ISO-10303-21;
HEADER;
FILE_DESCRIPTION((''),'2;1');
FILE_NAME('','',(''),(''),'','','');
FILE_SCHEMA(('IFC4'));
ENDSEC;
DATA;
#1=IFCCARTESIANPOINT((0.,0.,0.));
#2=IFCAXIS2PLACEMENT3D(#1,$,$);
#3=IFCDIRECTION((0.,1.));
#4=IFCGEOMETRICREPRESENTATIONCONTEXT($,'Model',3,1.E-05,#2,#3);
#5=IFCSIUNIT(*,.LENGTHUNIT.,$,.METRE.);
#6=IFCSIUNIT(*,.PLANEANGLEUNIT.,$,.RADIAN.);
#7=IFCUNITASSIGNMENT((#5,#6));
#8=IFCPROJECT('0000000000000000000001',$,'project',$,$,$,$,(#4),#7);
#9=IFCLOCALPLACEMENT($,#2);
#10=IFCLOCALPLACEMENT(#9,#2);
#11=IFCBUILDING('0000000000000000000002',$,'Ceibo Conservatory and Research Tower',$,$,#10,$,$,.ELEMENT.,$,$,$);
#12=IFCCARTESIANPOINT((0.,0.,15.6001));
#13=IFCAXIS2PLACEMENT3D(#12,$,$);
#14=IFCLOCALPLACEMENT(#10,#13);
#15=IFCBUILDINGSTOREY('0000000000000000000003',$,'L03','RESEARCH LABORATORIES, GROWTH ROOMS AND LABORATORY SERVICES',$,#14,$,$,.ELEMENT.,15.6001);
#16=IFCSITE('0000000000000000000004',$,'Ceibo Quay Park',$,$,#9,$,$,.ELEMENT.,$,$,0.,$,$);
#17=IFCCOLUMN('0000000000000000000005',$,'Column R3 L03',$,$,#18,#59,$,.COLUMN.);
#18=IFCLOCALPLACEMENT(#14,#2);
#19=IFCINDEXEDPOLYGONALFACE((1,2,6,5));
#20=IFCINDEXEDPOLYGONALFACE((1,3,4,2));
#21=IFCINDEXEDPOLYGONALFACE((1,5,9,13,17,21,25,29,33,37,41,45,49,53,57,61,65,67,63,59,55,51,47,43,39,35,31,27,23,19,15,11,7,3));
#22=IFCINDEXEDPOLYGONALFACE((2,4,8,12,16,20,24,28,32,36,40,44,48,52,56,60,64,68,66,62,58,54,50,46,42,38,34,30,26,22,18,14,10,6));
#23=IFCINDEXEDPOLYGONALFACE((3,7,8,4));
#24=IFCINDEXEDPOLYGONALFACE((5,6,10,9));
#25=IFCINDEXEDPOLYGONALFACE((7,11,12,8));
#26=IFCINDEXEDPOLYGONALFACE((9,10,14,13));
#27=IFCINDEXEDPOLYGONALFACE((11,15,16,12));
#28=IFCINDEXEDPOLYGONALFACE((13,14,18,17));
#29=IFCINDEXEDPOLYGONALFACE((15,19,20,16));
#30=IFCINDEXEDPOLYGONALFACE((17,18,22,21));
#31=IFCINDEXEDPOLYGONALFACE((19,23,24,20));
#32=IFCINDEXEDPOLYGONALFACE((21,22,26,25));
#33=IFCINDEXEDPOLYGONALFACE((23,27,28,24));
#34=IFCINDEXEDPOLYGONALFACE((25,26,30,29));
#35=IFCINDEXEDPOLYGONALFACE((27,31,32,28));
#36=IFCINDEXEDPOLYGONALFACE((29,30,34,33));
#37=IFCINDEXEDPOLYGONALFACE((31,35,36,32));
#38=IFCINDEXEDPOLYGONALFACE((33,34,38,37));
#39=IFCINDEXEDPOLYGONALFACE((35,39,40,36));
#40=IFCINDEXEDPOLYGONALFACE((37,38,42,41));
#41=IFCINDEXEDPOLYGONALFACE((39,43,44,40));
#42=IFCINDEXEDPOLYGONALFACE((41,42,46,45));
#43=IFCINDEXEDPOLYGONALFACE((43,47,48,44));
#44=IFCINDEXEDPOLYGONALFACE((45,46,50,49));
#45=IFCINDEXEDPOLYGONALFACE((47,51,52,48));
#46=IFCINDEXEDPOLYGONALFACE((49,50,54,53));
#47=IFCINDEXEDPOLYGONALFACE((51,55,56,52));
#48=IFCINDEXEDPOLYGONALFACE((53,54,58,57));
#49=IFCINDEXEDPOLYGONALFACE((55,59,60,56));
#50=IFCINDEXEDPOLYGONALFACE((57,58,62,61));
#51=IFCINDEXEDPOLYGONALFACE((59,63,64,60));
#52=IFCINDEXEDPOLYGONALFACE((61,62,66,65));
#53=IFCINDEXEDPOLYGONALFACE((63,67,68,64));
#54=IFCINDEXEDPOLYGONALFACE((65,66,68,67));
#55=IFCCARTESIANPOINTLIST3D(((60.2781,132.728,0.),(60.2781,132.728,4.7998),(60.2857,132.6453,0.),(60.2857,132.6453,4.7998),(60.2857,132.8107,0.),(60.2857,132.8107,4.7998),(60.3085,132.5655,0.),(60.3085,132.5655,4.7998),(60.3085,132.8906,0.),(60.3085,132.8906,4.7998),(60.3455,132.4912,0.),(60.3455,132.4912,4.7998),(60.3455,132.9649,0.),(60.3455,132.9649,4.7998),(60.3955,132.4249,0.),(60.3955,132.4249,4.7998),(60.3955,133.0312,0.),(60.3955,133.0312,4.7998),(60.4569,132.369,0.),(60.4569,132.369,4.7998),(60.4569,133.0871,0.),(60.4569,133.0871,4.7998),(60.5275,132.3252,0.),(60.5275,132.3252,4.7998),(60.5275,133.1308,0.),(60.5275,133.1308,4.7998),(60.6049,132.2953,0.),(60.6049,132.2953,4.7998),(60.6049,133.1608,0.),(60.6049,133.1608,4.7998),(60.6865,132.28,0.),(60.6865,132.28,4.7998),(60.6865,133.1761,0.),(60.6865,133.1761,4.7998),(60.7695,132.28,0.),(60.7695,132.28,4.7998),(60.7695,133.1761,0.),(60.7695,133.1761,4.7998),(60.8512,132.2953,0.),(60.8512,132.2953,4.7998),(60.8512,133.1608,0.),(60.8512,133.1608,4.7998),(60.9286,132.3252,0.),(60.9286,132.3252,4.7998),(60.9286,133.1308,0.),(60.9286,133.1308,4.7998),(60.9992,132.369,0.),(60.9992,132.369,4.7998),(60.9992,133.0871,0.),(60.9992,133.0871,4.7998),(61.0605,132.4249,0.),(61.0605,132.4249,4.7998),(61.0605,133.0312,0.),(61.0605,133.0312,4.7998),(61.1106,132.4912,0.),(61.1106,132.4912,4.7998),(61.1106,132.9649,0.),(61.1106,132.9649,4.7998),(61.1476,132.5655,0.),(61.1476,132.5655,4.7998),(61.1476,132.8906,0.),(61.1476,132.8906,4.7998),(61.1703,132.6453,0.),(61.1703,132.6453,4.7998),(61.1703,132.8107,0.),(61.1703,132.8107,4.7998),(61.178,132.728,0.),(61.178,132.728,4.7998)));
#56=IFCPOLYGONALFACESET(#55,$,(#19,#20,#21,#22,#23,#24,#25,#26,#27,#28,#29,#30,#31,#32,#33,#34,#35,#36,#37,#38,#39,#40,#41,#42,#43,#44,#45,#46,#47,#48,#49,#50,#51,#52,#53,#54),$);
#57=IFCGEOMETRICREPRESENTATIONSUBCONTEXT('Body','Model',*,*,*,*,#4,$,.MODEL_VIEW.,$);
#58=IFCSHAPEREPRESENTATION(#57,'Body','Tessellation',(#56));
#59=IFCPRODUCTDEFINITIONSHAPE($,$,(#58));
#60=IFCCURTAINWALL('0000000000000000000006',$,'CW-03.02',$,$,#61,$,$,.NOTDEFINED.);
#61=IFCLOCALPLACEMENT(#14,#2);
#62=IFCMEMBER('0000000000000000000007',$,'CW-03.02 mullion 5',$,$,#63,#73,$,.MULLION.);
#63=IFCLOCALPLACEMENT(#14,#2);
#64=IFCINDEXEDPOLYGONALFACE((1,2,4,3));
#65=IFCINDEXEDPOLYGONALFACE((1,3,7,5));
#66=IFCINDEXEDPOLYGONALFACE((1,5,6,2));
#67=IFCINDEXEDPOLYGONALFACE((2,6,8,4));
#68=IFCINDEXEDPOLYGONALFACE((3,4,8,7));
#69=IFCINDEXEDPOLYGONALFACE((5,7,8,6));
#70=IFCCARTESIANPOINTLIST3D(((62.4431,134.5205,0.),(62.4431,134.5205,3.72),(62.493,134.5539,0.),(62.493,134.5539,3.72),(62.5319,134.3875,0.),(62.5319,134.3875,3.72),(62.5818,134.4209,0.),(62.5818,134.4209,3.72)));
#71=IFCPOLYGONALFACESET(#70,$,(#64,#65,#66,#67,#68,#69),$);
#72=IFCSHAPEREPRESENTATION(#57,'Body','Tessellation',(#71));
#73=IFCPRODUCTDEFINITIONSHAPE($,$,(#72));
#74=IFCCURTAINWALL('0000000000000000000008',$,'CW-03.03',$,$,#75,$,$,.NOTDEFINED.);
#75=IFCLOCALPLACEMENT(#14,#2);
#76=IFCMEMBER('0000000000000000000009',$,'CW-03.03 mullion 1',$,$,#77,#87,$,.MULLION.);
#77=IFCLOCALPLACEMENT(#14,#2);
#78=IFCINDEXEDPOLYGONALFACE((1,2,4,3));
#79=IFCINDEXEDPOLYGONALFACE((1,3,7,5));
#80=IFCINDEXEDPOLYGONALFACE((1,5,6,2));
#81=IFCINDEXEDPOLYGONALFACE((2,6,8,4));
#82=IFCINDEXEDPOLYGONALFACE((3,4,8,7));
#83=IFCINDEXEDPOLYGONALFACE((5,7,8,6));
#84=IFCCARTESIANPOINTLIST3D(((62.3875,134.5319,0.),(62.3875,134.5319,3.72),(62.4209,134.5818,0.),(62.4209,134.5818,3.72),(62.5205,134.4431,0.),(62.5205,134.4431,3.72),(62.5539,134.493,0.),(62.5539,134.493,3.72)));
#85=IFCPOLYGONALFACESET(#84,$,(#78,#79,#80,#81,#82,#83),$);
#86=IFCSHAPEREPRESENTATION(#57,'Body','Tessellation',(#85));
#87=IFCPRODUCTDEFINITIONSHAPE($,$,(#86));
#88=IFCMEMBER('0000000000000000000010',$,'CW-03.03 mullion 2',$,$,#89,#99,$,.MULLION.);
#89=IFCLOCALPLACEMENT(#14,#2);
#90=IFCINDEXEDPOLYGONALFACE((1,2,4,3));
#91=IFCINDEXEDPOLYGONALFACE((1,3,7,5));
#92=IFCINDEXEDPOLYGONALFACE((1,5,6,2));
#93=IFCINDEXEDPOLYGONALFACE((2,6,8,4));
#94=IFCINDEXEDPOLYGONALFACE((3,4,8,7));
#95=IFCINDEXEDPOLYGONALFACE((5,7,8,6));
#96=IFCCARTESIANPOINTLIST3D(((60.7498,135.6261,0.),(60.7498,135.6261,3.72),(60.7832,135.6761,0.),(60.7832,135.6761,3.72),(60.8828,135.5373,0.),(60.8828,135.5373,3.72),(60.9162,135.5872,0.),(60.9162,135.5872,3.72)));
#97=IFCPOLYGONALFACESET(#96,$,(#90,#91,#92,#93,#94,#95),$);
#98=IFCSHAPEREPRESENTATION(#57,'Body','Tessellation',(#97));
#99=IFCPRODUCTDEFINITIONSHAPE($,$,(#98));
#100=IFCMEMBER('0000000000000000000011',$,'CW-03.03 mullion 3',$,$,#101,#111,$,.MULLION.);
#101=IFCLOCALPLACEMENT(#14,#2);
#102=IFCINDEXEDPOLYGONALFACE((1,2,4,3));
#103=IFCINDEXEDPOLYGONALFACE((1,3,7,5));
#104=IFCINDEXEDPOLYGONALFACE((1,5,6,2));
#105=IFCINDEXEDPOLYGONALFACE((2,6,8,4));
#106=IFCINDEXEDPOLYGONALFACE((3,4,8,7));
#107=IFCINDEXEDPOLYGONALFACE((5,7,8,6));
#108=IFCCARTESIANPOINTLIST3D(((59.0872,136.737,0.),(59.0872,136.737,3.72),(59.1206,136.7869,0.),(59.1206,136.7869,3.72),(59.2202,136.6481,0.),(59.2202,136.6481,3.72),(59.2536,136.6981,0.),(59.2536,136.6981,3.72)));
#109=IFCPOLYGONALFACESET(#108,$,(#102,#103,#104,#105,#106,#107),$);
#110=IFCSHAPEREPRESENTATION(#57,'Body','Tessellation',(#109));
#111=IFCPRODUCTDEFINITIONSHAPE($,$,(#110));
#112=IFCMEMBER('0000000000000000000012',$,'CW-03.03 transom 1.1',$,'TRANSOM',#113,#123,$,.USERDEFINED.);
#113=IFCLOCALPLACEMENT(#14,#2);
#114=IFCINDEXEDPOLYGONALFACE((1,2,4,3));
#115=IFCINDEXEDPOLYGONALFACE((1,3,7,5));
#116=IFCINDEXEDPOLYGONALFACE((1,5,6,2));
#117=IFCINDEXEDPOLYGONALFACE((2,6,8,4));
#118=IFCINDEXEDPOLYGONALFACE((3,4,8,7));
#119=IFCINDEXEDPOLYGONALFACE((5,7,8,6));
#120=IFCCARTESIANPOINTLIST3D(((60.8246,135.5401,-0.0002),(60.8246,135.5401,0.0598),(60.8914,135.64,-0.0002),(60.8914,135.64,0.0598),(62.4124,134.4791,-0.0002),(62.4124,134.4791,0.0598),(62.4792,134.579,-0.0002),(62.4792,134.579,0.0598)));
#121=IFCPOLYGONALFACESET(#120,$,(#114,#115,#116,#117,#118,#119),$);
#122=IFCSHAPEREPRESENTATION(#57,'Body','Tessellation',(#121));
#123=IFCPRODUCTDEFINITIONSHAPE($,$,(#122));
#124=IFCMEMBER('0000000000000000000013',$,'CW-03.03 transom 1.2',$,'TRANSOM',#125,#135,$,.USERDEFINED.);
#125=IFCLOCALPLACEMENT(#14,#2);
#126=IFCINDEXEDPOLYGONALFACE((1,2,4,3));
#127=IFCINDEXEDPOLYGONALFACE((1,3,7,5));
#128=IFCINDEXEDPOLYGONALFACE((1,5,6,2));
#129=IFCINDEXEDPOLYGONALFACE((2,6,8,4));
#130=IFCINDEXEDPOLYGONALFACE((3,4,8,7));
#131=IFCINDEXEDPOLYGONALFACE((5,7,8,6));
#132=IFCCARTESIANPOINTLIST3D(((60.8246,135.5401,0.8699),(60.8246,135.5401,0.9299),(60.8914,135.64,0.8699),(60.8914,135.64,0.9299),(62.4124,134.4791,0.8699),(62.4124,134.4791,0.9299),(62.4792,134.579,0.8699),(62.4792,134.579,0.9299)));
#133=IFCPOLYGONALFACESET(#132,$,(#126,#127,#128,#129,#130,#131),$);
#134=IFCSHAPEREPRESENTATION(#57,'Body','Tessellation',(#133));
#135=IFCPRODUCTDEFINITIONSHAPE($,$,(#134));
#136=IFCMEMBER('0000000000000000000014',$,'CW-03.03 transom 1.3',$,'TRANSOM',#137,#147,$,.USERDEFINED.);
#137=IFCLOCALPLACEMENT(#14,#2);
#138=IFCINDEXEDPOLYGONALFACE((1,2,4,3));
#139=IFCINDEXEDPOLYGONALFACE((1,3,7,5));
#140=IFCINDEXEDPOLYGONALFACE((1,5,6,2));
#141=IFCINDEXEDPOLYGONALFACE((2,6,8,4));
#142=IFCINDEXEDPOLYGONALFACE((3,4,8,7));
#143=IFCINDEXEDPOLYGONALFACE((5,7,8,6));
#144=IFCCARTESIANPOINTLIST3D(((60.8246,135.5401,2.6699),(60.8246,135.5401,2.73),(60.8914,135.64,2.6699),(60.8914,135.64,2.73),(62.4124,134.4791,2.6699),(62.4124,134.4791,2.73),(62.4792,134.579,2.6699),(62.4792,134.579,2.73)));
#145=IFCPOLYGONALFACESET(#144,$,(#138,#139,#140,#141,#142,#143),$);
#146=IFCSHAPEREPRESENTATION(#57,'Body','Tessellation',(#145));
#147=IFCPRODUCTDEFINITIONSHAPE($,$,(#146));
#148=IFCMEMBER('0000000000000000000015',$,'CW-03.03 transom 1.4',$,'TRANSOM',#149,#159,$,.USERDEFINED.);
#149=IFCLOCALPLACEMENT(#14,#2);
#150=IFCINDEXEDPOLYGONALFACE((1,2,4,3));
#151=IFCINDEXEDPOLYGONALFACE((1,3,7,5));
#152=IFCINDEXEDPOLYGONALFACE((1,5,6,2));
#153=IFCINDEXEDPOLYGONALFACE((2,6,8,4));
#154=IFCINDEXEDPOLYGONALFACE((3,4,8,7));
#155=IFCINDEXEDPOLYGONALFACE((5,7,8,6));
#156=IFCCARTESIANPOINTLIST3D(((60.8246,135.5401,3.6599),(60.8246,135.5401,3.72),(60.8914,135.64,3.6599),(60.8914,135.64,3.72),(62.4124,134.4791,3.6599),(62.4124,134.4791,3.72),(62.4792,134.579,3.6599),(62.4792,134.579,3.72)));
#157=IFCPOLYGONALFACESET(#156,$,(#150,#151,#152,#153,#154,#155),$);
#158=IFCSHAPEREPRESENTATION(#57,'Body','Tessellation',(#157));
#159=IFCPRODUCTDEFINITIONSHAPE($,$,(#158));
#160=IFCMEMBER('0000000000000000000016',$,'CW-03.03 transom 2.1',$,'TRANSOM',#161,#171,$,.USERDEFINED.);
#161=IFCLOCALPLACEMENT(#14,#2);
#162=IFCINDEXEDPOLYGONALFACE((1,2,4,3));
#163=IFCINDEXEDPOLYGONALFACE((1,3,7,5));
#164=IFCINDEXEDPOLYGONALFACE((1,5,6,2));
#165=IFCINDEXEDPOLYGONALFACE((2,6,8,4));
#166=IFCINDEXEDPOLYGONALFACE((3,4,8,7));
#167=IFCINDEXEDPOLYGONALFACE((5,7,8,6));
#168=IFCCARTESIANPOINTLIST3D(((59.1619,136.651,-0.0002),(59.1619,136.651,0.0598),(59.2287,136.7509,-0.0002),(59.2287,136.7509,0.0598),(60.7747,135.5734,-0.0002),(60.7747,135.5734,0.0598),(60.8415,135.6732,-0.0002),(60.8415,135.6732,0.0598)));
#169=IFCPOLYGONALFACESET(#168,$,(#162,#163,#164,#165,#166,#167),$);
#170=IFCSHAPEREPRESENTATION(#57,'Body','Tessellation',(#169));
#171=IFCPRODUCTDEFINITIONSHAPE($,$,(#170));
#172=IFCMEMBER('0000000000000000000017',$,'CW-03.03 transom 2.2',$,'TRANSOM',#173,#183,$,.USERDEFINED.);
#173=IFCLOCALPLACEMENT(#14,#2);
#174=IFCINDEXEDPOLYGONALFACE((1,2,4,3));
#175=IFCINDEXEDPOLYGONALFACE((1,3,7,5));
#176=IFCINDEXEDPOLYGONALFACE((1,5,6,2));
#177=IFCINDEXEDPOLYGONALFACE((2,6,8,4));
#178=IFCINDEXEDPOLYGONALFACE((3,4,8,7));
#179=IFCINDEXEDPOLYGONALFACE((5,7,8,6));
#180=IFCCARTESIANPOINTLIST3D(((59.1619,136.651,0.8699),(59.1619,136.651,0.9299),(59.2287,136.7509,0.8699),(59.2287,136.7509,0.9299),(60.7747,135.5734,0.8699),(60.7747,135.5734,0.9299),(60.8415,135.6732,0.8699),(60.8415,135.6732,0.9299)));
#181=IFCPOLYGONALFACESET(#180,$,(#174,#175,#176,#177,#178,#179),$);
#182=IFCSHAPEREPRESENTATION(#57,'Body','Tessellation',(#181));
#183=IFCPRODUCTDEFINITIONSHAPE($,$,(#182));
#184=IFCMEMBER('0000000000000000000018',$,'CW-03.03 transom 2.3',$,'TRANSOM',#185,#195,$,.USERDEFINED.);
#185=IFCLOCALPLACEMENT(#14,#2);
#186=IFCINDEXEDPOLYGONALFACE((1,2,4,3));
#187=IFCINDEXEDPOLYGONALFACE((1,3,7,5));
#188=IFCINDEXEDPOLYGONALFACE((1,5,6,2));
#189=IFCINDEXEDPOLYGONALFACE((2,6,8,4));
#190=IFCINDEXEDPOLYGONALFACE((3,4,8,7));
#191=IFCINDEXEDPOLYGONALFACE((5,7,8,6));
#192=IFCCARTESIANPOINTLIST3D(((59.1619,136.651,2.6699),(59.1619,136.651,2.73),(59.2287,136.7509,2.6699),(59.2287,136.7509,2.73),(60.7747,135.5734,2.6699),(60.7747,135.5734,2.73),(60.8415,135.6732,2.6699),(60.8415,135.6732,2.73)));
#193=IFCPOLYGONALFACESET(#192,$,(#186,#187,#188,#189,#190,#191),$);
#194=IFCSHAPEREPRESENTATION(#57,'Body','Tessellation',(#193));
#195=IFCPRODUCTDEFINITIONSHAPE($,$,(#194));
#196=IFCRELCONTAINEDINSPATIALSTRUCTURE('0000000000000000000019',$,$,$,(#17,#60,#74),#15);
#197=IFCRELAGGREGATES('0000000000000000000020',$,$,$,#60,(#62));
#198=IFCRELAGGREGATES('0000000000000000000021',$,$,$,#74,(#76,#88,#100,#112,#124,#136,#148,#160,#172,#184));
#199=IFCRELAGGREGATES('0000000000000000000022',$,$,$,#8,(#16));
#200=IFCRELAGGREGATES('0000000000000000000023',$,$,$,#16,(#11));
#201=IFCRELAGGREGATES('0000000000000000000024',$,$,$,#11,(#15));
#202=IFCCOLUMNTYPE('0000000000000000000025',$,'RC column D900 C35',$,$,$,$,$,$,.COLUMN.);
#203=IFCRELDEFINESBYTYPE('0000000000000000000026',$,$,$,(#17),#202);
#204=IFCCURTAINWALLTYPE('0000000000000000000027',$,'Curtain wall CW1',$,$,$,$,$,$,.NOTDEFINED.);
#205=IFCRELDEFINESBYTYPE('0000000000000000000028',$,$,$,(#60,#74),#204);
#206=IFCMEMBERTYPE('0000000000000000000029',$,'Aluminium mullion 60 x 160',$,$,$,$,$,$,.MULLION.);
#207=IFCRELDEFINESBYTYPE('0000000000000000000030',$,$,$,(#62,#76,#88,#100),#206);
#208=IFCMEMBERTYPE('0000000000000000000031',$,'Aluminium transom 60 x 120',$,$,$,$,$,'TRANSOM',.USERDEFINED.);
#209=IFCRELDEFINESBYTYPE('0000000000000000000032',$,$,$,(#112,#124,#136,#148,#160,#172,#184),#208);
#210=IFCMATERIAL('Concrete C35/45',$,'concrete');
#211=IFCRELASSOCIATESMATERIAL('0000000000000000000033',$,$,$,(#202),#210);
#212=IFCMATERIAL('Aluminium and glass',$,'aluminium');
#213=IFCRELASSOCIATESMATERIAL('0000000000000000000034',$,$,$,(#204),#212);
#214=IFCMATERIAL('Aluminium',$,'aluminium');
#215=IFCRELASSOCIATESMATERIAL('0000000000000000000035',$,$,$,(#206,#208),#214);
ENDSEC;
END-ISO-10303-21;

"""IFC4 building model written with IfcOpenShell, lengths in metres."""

from ifc_helpers import new_model, si_unit, direction, frame, origin, origin_2d, place, context, subcontext, project, spatial, rectangle, circle, extrude, material, material_profile, profile_set, type_object, element, aggregate, save


model = new_model("IFC4")

# Units and contexts
model_context = context("Model", 3, precision=1e-05, world=origin(), true_north=direction((0.0, 1.0)))
body_context = subcontext(model_context, "Body", "Model", "MODEL_VIEW")
ifc_project = project(units=[si_unit("LENGTHUNIT", "METRE"), si_unit("PLANEANGLEUNIT", "RADIAN")], contexts=[model_context])

# Site, building, storey
site_placement = place(None, origin())
site = spatial("IfcSite", under=ifc_project, at=site_placement, Name="Ceibo Quay Park", CompositionType="ELEMENT", RefElevation=0.0)
building_placement = place(site_placement, origin())
building = spatial("IfcBuilding", under=site, at=building_placement, Name="Ceibo Conservatory and Research Tower", CompositionType="ELEMENT")
storey_placement = place(building_placement, frame((0.0, 0.0, 15.6001)))
storey = spatial("IfcBuildingStorey", under=building, at=storey_placement, Name="L03", Description="RESEARCH LABORATORIES, GROWTH ROOMS AND LABORATORY SERVICES", CompositionType="ELEMENT", Elevation=15.6001)

# Column
ifc_material_1 = material(Name="Concrete C35/45", Category="concrete")
ifc_material_profile_1 = material_profile(ifc_material_1, circle(Radius=0.45, at=origin_2d()), Name="RC D900")
ifc_profile_set_1 = profile_set([ifc_material_profile_1], Name="Concrete C35/45")
column_type = type_object("IfcColumnType", Name="RC column D900 C35", PredefinedType="COLUMN", material=ifc_profile_set_1)
column_placement = place(storey_placement, frame((60.728, 132.728, 0.0), z_axis=(0.0, 0.0, 1.0), x_axis=(1.0, 0.0, 0.0)))
element("IfcColumn", 1, at=column_placement, inside=storey, type_object=column_type, Name="Column R3 L03", PredefinedType="COLUMN", context=body_context, shape_type="SweptSolid", body=[
    extrude(circle(Radius=0.45, at=origin_2d()), origin(), (0.0, 0.0, 1.0), 4.7998),
])

# Curtain wall, member
ifc_material_2 = material(Name="Aluminium and glass", Category="aluminium")
curtain_wall_type = type_object("IfcCurtainWallType", Name="Curtain wall CW1", PredefinedType="NOTDEFINED", material=ifc_material_2)
curtain_wall_1_placement = place(storey_placement, origin())
curtain_wall_1 = element("IfcCurtainWall", 2, at=curtain_wall_1_placement, inside=storey, type_object=curtain_wall_type, Name="CW-03.02", PredefinedType="NOTDEFINED")
ifc_material_3 = material(Name="Aluminium", Category="aluminium")
ifc_material_profile_2 = material_profile(ifc_material_3, rectangle(XDim=0.0601, YDim=0.1599, at=origin_2d()), Name="Aluminium 60 x 160")
ifc_profile_set_2 = profile_set([ifc_material_profile_2], Name="Aluminium")
member_type_1 = type_object("IfcMemberType", Name="Aluminium mullion 60 x 160", PredefinedType="MULLION", material=ifc_profile_set_2)
member_1_placement = place(storey_placement, frame((62.5125, 134.4707, 0.0), z_axis=(0.0, 0.0, 1.0), x_axis=(-0.83147, -0.55557, 0.0)))
member_1 = element("IfcMember", 3, at=member_1_placement, type_object=member_type_1, Name="CW-03.02 mullion 5", PredefinedType="MULLION", context=body_context, shape_type="SweptSolid", body=[
    extrude(rectangle(XDim=0.0601, YDim=0.1599, at=origin_2d()), origin(), (0.0, 0.0, 1.0), 3.72),
])

# Curtain wall, members
curtain_wall_2_placement = place(storey_placement, origin())
curtain_wall_2 = element("IfcCurtainWall", 4, at=curtain_wall_2_placement, inside=storey, type_object=curtain_wall_type, Name="CW-03.03", PredefinedType="NOTDEFINED")
member_2_placement = place(storey_placement, frame((62.4707, 134.5125, 0.0), z_axis=(0.0, 0.0, 1.0), x_axis=(-0.55557, -0.83147, 0.0)))
member_2 = element("IfcMember", 5, at=member_2_placement, type_object=member_type_1, Name="CW-03.03 mullion 1", PredefinedType="MULLION", context=body_context, shape_type="SweptSolid", body=[
    extrude(rectangle(XDim=0.0601, YDim=0.1599, at=origin_2d()), origin(), (0.0, 0.0, 1.0), 3.72),
])
member_3_placement = place(storey_placement, frame((60.833, 135.6067, 0.0), z_axis=(0.0, 0.0, 1.0), x_axis=(-0.55557, -0.83147, 0.0)))
member_3 = element("IfcMember", 6, at=member_3_placement, type_object=member_type_1, Name="CW-03.03 mullion 2", PredefinedType="MULLION", context=body_context, shape_type="SweptSolid", body=[
    extrude(rectangle(XDim=0.0601, YDim=0.1599, at=origin_2d()), origin(), (0.0, 0.0, 1.0), 3.72),
])
member_4_placement = place(storey_placement, frame((59.1704, 136.7175, 0.0), z_axis=(0.0, 0.0, 1.0), x_axis=(-0.55557, -0.83147, 0.0)))
member_4 = element("IfcMember", 7, at=member_4_placement, type_object=member_type_1, Name="CW-03.03 mullion 3", PredefinedType="MULLION", context=body_context, shape_type="SweptSolid", body=[
    extrude(rectangle(XDim=0.0601, YDim=0.1599, at=origin_2d()), origin(), (0.0, 0.0, 1.0), 3.72),
])
ifc_material_profile_3 = material_profile(ifc_material_3, rectangle(XDim=0.1201, YDim=0.0601, at=origin_2d()), Name="Aluminium 60 x 120")
ifc_profile_set_3 = profile_set([ifc_material_profile_3], Name="Aluminium")
member_type_2 = type_object("IfcMemberType", Name="Aluminium transom 60 x 120", ElementType="TRANSOM", PredefinedType="USERDEFINED", material=ifc_profile_set_3)
member_5_placement = place(storey_placement, frame((62.4458, 134.5291, 0.0298), z_axis=(-0.83146, 0.555585, 0.0), x_axis=(-0.555585, -0.83146, 0.0)))
member_5 = element("IfcMember", 8, at=member_5_placement, type_object=member_type_2, Name="CW-03.03 transom 1.1", ObjectType="TRANSOM", PredefinedType="USERDEFINED", context=body_context, shape_type="SweptSolid", body=[
    extrude(rectangle(XDim=0.1201, YDim=0.0601, at=origin_2d()), origin(), (0.0, 0.0, 1.0), 1.9097),
])
member_6_placement = place(storey_placement, frame((62.4458, 134.5291, 0.8999), z_axis=(-0.83146, 0.555585, 0.0), x_axis=(-0.555585, -0.83146, 0.0)))
member_6 = element("IfcMember", 9, at=member_6_placement, type_object=member_type_2, Name="CW-03.03 transom 1.2", ObjectType="TRANSOM", PredefinedType="USERDEFINED", context=body_context, shape_type="SweptSolid", body=[
    extrude(rectangle(XDim=0.1201, YDim=0.0601, at=origin_2d()), origin(), (0.0, 0.0, 1.0), 1.9097),
])
member_7_placement = place(storey_placement, frame((62.4458, 134.5291, 2.7), z_axis=(-0.83146, 0.555585, 0.0), x_axis=(-0.555585, -0.83146, 0.0)))
member_7 = element("IfcMember", 10, at=member_7_placement, type_object=member_type_2, Name="CW-03.03 transom 1.3", ObjectType="TRANSOM", PredefinedType="USERDEFINED", context=body_context, shape_type="SweptSolid", body=[
    extrude(rectangle(XDim=0.1201, YDim=0.0601, at=origin_2d()), origin(), (0.0, 0.0, 1.0), 1.9097),
])
member_8_placement = place(storey_placement, frame((62.4458, 134.5291, 3.6899), z_axis=(-0.83146, 0.555585, 0.0), x_axis=(-0.555585, -0.83146, 0.0)))
member_8 = element("IfcMember", 11, at=member_8_placement, type_object=member_type_2, Name="CW-03.03 transom 1.4", ObjectType="TRANSOM", PredefinedType="USERDEFINED", context=body_context, shape_type="SweptSolid", body=[
    extrude(rectangle(XDim=0.1201, YDim=0.0601, at=origin_2d()), origin(), (0.0, 0.0, 1.0), 1.9097),
])
member_9_placement = place(storey_placement, frame((60.8081, 135.6233, 0.0298), z_axis=(-0.831469, 0.555571, 0.0), x_axis=(-0.555571, -0.831469, 0.0)))
member_9 = element("IfcMember", 12, at=member_9_placement, type_object=member_type_2, Name="CW-03.03 transom 2.1", ObjectType="TRANSOM", PredefinedType="USERDEFINED", context=body_context, shape_type="SweptSolid", body=[
    extrude(rectangle(XDim=0.1201, YDim=0.0601, at=origin_2d()), origin(), (0.0, 0.0, 1.0), 1.9397),
])
member_10_placement = place(storey_placement, frame((60.8081, 135.6233, 0.8999), z_axis=(-0.831469, 0.555571, 0.0), x_axis=(-0.555571, -0.831469, 0.0)))
member_10 = element("IfcMember", 13, at=member_10_placement, type_object=member_type_2, Name="CW-03.03 transom 2.2", ObjectType="TRANSOM", PredefinedType="USERDEFINED", context=body_context, shape_type="SweptSolid", body=[
    extrude(rectangle(XDim=0.1201, YDim=0.0601, at=origin_2d()), origin(), (0.0, 0.0, 1.0), 1.9397),
])
member_11_placement = place(storey_placement, frame((60.8081, 135.6233, 2.7), z_axis=(-0.831469, 0.555571, 0.0), x_axis=(-0.555571, -0.831469, 0.0)))
member_11 = element("IfcMember", 14, at=member_11_placement, type_object=member_type_2, Name="CW-03.03 transom 2.3", ObjectType="TRANSOM", PredefinedType="USERDEFINED", context=body_context, shape_type="SweptSolid", body=[
    extrude(rectangle(XDim=0.1201, YDim=0.0601, at=origin_2d()), origin(), (0.0, 0.0, 1.0), 1.9397),
])

aggregate(curtain_wall_1, [member_1])
aggregate(curtain_wall_2, [member_2, member_3, member_4, member_5, member_6, member_7, member_8, member_9, member_10, member_11])

save(model, "model.ifc")
